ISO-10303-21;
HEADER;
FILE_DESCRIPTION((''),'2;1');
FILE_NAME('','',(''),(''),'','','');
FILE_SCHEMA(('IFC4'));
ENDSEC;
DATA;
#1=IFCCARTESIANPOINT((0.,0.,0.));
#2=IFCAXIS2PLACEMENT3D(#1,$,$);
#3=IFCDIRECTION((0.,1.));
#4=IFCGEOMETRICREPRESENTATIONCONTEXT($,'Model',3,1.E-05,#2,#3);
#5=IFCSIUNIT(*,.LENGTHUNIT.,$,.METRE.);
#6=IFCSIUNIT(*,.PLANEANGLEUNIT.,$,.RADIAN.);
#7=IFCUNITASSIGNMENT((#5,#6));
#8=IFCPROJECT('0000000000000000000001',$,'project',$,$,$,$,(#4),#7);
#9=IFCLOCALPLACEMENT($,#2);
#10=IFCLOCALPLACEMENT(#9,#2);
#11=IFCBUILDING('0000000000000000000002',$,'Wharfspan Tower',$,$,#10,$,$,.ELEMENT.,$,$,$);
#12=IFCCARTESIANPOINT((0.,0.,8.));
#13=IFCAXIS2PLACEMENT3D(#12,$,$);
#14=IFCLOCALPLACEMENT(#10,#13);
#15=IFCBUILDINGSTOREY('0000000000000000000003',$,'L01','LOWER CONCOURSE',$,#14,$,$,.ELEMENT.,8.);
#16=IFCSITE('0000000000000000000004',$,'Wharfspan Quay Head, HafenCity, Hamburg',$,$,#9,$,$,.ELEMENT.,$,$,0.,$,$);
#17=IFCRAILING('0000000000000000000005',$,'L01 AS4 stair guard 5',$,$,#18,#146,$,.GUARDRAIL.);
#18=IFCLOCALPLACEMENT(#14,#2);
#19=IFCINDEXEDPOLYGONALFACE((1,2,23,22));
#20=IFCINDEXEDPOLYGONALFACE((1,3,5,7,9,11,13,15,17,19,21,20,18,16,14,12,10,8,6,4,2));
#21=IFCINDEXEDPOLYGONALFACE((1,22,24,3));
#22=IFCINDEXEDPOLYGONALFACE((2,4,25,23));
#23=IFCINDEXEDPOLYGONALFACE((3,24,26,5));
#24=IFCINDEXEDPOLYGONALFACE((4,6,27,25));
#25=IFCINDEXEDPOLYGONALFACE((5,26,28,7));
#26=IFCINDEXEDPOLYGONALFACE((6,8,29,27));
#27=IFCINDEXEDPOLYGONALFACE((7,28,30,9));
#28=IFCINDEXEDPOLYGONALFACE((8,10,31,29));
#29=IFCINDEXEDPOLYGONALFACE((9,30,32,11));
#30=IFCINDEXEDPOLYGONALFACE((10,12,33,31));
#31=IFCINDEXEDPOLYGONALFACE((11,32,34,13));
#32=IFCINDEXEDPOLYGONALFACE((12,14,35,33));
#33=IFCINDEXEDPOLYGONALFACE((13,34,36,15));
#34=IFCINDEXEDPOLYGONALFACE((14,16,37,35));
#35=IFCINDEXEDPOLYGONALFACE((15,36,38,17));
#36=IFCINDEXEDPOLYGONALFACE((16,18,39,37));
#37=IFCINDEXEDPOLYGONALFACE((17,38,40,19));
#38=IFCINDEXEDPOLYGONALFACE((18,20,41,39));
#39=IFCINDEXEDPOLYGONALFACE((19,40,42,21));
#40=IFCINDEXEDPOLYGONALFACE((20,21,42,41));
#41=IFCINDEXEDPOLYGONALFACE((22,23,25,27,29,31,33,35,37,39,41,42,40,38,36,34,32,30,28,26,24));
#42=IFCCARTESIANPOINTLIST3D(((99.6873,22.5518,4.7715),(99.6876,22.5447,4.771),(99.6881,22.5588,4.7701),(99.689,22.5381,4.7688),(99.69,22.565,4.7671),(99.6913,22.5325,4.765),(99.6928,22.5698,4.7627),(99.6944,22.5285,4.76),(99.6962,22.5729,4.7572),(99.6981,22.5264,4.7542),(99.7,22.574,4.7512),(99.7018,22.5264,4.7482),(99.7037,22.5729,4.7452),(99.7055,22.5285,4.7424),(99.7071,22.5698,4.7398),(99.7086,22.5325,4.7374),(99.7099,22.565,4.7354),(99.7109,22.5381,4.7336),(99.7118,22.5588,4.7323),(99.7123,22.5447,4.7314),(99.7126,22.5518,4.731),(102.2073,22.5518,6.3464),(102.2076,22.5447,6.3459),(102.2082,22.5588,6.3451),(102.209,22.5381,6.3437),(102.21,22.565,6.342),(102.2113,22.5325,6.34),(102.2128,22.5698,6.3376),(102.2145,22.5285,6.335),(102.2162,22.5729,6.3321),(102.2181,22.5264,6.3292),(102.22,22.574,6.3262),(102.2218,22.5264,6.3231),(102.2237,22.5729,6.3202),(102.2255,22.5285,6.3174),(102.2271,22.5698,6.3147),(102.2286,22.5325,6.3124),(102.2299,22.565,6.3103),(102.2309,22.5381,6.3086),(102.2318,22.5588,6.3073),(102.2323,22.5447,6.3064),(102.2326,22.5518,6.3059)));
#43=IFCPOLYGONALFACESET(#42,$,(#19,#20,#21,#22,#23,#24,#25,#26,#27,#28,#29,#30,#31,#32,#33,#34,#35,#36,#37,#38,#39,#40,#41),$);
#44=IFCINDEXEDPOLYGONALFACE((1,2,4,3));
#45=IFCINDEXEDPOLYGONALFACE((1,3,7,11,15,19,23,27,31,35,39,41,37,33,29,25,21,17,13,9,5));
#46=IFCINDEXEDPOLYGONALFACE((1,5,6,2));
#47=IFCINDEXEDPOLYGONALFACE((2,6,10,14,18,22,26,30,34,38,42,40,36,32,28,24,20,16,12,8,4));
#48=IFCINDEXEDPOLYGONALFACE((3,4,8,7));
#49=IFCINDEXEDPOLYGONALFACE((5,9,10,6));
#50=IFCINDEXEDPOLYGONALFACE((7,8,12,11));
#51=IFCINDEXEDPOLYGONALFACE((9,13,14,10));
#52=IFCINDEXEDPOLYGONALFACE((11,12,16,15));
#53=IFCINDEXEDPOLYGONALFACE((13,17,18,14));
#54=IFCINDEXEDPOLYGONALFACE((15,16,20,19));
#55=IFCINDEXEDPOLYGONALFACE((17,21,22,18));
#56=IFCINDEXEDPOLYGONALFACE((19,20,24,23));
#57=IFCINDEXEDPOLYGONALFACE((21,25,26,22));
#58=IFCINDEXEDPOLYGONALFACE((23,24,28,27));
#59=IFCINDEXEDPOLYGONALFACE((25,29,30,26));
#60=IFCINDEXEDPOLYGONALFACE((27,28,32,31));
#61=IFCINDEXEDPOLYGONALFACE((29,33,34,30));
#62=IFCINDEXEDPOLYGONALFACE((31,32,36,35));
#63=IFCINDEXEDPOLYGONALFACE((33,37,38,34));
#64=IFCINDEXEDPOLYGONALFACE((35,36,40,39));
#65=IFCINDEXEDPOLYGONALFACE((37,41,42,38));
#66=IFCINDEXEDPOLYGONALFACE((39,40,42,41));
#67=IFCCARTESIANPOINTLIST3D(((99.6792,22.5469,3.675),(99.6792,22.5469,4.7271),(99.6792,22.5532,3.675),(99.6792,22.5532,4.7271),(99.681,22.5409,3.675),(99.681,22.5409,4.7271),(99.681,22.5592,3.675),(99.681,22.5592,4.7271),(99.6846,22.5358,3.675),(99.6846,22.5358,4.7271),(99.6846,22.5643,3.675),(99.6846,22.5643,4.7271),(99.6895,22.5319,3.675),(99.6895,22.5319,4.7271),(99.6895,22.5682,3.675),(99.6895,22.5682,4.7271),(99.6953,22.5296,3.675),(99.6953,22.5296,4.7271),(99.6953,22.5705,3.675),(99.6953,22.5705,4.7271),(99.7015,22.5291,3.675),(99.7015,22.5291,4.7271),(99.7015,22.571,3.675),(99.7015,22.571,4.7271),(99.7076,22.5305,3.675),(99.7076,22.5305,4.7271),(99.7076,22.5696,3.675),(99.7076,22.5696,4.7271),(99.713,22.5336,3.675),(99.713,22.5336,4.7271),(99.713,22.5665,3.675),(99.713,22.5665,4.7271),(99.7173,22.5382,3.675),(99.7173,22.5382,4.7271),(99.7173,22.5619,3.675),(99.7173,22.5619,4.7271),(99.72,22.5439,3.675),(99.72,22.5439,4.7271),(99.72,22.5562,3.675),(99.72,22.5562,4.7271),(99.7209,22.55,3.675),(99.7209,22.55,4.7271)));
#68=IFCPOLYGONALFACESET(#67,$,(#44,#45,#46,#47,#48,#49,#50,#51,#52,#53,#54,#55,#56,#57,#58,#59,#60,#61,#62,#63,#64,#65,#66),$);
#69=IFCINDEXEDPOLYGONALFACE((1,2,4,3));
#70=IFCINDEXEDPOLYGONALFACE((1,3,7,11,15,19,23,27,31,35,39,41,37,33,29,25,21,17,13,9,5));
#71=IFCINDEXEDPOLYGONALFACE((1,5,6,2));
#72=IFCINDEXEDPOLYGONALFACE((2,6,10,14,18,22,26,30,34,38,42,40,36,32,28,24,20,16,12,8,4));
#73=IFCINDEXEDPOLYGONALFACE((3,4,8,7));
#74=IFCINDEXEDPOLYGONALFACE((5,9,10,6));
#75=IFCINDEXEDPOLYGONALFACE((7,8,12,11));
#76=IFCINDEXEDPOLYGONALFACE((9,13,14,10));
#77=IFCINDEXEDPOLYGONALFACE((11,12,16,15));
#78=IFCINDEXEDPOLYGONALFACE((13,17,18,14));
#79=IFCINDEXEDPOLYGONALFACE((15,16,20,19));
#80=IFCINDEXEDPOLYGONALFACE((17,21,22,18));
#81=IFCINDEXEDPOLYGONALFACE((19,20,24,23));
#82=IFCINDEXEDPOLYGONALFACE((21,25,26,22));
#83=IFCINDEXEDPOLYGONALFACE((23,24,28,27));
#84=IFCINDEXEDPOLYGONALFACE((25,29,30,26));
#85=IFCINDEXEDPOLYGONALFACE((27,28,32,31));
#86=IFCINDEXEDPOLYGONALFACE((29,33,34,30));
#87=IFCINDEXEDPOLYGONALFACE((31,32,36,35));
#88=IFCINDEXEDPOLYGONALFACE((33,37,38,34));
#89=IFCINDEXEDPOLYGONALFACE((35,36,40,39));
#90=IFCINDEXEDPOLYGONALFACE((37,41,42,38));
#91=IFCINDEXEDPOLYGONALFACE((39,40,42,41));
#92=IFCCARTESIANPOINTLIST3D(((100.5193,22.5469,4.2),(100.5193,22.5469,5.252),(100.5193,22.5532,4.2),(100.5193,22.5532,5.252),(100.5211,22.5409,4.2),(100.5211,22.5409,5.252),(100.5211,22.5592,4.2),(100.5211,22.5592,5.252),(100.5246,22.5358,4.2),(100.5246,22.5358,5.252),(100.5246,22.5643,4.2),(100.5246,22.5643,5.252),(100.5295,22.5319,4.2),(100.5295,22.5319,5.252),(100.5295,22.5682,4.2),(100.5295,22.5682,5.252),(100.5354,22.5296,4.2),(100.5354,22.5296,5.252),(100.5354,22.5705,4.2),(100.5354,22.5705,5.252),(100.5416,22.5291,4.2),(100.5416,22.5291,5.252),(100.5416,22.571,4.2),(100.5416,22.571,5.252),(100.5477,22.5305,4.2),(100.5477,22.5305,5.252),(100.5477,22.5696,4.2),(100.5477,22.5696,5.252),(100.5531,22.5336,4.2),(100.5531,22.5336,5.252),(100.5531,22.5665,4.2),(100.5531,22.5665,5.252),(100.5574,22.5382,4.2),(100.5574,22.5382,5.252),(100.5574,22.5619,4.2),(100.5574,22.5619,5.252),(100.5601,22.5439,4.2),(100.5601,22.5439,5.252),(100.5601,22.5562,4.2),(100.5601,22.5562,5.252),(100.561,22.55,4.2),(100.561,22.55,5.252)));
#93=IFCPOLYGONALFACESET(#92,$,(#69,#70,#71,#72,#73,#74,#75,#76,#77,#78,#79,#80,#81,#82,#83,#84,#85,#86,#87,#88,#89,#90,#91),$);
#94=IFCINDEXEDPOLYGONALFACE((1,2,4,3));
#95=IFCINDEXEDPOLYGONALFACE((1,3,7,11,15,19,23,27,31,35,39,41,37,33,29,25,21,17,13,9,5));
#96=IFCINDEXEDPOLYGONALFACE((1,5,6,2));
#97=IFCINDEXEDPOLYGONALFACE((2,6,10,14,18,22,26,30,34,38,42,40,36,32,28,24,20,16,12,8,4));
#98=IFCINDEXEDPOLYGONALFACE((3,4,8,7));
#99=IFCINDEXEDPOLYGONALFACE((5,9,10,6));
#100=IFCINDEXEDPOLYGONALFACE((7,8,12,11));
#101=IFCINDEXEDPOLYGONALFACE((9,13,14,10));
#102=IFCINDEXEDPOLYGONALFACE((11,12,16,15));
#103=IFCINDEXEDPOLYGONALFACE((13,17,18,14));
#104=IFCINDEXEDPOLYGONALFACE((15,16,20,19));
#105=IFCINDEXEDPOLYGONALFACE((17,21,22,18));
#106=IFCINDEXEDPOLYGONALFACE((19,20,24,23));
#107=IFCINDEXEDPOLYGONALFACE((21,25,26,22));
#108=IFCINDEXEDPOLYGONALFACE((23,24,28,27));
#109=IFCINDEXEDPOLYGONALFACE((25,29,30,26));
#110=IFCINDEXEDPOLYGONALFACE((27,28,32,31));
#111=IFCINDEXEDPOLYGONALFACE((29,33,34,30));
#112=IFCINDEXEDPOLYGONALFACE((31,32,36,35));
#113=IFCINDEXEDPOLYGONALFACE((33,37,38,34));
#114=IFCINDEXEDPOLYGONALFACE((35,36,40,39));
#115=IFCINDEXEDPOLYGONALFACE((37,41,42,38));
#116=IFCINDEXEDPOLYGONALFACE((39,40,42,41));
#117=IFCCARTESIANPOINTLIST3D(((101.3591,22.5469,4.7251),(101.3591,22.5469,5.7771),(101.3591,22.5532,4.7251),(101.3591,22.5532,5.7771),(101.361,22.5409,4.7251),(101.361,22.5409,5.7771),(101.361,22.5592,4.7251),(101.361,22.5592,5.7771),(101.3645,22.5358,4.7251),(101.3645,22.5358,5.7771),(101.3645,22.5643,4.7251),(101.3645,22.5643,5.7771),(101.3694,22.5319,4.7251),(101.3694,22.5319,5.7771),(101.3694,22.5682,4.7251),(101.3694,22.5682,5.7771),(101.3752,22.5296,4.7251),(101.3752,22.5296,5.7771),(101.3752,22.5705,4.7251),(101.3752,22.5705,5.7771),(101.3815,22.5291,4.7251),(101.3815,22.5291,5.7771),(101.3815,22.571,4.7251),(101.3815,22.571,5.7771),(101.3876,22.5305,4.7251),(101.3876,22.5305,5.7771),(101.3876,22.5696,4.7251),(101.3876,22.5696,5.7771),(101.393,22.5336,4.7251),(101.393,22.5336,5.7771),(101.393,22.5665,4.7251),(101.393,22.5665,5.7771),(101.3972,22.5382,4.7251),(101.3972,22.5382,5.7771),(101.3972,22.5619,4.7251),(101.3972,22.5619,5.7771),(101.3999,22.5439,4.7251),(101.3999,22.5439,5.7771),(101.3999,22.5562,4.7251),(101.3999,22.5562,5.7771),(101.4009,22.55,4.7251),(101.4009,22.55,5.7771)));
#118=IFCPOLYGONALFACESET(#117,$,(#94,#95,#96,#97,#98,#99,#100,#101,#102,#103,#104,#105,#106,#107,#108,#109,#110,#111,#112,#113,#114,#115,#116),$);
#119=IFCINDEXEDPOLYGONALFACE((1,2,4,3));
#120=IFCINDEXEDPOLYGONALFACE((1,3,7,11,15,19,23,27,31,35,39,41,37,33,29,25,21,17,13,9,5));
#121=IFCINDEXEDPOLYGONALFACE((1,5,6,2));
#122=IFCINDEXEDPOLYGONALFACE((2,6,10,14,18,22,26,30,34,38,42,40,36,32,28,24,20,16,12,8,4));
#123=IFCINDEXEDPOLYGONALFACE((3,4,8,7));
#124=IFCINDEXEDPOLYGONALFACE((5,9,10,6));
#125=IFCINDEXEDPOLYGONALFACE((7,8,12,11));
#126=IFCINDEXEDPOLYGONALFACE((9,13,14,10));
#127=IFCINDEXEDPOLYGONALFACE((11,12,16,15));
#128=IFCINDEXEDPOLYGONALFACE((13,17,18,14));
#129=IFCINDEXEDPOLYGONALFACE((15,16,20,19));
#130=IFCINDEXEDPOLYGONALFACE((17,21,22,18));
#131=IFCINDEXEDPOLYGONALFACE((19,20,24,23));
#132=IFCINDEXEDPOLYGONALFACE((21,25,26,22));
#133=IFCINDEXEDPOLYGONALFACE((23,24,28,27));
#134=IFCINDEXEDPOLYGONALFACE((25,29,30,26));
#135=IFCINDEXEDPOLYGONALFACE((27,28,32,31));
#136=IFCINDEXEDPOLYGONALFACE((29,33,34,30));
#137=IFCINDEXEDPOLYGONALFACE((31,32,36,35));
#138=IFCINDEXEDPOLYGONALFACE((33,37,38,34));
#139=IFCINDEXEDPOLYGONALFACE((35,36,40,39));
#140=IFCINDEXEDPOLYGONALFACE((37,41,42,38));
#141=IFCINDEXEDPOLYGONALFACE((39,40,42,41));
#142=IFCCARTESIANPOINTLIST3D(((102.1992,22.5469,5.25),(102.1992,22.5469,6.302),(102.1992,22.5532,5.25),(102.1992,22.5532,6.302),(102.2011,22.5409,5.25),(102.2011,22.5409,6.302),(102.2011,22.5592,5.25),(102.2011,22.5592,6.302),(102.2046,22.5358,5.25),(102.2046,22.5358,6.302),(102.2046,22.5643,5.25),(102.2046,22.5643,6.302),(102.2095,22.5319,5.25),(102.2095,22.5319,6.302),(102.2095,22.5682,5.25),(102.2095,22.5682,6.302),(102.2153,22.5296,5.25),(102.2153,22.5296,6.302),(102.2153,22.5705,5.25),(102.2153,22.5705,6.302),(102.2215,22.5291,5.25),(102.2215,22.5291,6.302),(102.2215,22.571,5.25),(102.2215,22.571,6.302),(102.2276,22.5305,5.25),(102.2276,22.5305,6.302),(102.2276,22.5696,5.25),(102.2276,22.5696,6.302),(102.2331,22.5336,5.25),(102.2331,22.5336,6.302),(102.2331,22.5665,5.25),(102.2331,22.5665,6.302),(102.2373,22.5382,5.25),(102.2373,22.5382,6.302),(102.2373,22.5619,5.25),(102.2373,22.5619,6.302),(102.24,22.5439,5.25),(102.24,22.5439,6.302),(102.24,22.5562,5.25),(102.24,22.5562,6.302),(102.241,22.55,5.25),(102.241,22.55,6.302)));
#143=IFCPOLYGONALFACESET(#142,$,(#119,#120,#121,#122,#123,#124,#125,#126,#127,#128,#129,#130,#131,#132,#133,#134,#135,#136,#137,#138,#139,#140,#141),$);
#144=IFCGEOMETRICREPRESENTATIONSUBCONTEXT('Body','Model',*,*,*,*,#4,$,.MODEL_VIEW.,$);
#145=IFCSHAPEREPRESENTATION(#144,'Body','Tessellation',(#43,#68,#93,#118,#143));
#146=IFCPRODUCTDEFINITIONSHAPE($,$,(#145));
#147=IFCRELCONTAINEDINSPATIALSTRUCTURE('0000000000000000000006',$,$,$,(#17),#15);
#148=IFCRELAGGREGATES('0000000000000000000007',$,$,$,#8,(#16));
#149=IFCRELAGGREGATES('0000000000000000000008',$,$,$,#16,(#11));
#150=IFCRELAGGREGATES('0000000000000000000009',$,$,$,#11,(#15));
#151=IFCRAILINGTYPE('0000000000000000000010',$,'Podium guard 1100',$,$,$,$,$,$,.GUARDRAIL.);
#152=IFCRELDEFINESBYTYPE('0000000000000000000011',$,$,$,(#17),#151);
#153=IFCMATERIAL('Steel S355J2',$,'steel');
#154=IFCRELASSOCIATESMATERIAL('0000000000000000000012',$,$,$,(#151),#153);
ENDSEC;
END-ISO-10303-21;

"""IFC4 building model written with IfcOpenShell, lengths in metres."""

from ifc_helpers import new_model, si_unit, direction, frame, origin, origin_2d, place, context, subcontext, project, spatial, circle, extrude, material, type_object, element, save


model = new_model("IFC4")

# Units and contexts
model_context = context("Model", 3, precision=1e-05, world=origin(), true_north=direction((0.0, 1.0)))
body_context = subcontext(model_context, "Body", "Model", "MODEL_VIEW")
ifc_project = project(units=[si_unit("LENGTHUNIT", "METRE"), si_unit("PLANEANGLEUNIT", "RADIAN")], contexts=[model_context])

# Site, building, storey
site_placement = place(None, origin())
site = spatial("IfcSite", under=ifc_project, at=site_placement, Name="Wharfspan Quay Head, HafenCity, Hamburg", CompositionType="ELEMENT", RefElevation=0.0)
building_placement = place(site_placement, origin())
building = spatial("IfcBuilding", under=site, at=building_placement, Name="Wharfspan Tower", CompositionType="ELEMENT")
storey_placement = place(building_placement, frame((0.0, 0.0, 8.0)))
storey = spatial("IfcBuildingStorey", under=building, at=storey_placement, Name="L01", Description="LOWER CONCOURSE", CompositionType="ELEMENT", Elevation=8.0)

# Railing
ifc_material_1 = material(Name="Steel S355J2", Category="steel")
railing_type_1 = type_object("IfcRailingType", Name="Podium guard 1100", PredefinedType="GUARDRAIL", material=ifc_material_1)
railing_1_placement = place(storey_placement, frame((99.7, 22.55, 3.675)))
element("IfcRailing", 1, at=railing_1_placement, inside=storey, type_object=railing_type_1, Name="L01 AS4 stair guard 5", PredefinedType="GUARDRAIL", context=body_context, shape_type="SweptSolid", body=[
    extrude(circle(Radius=0.0239, at=origin_2d()), frame((0.0, 0.0, 1.0762), z_axis=(0.848008, 0.0, 0.529984), x_axis=(0.0, 1.0, 0.0)), (0.0, 0.0, 1.0), 2.9717),
    extrude(circle(Radius=0.021, at=origin_2d()), origin(), (0.0, 0.0, 1.0), 1.052),
    extrude(circle(Radius=0.021, at=origin_2d()), frame((0.8401, 0.0, 0.5249)), (0.0, 0.0, 1.0), 1.052),
    extrude(circle(Radius=0.021, at=origin_2d()), frame((1.6799, 0.0, 1.05)), (0.0, 0.0, 1.0), 1.052),
    extrude(circle(Radius=0.021, at=origin_2d()), frame((2.52, 0.0, 1.575)), (0.0, 0.0, 1.0), 1.052),
])

save(model, "model.ifc")
